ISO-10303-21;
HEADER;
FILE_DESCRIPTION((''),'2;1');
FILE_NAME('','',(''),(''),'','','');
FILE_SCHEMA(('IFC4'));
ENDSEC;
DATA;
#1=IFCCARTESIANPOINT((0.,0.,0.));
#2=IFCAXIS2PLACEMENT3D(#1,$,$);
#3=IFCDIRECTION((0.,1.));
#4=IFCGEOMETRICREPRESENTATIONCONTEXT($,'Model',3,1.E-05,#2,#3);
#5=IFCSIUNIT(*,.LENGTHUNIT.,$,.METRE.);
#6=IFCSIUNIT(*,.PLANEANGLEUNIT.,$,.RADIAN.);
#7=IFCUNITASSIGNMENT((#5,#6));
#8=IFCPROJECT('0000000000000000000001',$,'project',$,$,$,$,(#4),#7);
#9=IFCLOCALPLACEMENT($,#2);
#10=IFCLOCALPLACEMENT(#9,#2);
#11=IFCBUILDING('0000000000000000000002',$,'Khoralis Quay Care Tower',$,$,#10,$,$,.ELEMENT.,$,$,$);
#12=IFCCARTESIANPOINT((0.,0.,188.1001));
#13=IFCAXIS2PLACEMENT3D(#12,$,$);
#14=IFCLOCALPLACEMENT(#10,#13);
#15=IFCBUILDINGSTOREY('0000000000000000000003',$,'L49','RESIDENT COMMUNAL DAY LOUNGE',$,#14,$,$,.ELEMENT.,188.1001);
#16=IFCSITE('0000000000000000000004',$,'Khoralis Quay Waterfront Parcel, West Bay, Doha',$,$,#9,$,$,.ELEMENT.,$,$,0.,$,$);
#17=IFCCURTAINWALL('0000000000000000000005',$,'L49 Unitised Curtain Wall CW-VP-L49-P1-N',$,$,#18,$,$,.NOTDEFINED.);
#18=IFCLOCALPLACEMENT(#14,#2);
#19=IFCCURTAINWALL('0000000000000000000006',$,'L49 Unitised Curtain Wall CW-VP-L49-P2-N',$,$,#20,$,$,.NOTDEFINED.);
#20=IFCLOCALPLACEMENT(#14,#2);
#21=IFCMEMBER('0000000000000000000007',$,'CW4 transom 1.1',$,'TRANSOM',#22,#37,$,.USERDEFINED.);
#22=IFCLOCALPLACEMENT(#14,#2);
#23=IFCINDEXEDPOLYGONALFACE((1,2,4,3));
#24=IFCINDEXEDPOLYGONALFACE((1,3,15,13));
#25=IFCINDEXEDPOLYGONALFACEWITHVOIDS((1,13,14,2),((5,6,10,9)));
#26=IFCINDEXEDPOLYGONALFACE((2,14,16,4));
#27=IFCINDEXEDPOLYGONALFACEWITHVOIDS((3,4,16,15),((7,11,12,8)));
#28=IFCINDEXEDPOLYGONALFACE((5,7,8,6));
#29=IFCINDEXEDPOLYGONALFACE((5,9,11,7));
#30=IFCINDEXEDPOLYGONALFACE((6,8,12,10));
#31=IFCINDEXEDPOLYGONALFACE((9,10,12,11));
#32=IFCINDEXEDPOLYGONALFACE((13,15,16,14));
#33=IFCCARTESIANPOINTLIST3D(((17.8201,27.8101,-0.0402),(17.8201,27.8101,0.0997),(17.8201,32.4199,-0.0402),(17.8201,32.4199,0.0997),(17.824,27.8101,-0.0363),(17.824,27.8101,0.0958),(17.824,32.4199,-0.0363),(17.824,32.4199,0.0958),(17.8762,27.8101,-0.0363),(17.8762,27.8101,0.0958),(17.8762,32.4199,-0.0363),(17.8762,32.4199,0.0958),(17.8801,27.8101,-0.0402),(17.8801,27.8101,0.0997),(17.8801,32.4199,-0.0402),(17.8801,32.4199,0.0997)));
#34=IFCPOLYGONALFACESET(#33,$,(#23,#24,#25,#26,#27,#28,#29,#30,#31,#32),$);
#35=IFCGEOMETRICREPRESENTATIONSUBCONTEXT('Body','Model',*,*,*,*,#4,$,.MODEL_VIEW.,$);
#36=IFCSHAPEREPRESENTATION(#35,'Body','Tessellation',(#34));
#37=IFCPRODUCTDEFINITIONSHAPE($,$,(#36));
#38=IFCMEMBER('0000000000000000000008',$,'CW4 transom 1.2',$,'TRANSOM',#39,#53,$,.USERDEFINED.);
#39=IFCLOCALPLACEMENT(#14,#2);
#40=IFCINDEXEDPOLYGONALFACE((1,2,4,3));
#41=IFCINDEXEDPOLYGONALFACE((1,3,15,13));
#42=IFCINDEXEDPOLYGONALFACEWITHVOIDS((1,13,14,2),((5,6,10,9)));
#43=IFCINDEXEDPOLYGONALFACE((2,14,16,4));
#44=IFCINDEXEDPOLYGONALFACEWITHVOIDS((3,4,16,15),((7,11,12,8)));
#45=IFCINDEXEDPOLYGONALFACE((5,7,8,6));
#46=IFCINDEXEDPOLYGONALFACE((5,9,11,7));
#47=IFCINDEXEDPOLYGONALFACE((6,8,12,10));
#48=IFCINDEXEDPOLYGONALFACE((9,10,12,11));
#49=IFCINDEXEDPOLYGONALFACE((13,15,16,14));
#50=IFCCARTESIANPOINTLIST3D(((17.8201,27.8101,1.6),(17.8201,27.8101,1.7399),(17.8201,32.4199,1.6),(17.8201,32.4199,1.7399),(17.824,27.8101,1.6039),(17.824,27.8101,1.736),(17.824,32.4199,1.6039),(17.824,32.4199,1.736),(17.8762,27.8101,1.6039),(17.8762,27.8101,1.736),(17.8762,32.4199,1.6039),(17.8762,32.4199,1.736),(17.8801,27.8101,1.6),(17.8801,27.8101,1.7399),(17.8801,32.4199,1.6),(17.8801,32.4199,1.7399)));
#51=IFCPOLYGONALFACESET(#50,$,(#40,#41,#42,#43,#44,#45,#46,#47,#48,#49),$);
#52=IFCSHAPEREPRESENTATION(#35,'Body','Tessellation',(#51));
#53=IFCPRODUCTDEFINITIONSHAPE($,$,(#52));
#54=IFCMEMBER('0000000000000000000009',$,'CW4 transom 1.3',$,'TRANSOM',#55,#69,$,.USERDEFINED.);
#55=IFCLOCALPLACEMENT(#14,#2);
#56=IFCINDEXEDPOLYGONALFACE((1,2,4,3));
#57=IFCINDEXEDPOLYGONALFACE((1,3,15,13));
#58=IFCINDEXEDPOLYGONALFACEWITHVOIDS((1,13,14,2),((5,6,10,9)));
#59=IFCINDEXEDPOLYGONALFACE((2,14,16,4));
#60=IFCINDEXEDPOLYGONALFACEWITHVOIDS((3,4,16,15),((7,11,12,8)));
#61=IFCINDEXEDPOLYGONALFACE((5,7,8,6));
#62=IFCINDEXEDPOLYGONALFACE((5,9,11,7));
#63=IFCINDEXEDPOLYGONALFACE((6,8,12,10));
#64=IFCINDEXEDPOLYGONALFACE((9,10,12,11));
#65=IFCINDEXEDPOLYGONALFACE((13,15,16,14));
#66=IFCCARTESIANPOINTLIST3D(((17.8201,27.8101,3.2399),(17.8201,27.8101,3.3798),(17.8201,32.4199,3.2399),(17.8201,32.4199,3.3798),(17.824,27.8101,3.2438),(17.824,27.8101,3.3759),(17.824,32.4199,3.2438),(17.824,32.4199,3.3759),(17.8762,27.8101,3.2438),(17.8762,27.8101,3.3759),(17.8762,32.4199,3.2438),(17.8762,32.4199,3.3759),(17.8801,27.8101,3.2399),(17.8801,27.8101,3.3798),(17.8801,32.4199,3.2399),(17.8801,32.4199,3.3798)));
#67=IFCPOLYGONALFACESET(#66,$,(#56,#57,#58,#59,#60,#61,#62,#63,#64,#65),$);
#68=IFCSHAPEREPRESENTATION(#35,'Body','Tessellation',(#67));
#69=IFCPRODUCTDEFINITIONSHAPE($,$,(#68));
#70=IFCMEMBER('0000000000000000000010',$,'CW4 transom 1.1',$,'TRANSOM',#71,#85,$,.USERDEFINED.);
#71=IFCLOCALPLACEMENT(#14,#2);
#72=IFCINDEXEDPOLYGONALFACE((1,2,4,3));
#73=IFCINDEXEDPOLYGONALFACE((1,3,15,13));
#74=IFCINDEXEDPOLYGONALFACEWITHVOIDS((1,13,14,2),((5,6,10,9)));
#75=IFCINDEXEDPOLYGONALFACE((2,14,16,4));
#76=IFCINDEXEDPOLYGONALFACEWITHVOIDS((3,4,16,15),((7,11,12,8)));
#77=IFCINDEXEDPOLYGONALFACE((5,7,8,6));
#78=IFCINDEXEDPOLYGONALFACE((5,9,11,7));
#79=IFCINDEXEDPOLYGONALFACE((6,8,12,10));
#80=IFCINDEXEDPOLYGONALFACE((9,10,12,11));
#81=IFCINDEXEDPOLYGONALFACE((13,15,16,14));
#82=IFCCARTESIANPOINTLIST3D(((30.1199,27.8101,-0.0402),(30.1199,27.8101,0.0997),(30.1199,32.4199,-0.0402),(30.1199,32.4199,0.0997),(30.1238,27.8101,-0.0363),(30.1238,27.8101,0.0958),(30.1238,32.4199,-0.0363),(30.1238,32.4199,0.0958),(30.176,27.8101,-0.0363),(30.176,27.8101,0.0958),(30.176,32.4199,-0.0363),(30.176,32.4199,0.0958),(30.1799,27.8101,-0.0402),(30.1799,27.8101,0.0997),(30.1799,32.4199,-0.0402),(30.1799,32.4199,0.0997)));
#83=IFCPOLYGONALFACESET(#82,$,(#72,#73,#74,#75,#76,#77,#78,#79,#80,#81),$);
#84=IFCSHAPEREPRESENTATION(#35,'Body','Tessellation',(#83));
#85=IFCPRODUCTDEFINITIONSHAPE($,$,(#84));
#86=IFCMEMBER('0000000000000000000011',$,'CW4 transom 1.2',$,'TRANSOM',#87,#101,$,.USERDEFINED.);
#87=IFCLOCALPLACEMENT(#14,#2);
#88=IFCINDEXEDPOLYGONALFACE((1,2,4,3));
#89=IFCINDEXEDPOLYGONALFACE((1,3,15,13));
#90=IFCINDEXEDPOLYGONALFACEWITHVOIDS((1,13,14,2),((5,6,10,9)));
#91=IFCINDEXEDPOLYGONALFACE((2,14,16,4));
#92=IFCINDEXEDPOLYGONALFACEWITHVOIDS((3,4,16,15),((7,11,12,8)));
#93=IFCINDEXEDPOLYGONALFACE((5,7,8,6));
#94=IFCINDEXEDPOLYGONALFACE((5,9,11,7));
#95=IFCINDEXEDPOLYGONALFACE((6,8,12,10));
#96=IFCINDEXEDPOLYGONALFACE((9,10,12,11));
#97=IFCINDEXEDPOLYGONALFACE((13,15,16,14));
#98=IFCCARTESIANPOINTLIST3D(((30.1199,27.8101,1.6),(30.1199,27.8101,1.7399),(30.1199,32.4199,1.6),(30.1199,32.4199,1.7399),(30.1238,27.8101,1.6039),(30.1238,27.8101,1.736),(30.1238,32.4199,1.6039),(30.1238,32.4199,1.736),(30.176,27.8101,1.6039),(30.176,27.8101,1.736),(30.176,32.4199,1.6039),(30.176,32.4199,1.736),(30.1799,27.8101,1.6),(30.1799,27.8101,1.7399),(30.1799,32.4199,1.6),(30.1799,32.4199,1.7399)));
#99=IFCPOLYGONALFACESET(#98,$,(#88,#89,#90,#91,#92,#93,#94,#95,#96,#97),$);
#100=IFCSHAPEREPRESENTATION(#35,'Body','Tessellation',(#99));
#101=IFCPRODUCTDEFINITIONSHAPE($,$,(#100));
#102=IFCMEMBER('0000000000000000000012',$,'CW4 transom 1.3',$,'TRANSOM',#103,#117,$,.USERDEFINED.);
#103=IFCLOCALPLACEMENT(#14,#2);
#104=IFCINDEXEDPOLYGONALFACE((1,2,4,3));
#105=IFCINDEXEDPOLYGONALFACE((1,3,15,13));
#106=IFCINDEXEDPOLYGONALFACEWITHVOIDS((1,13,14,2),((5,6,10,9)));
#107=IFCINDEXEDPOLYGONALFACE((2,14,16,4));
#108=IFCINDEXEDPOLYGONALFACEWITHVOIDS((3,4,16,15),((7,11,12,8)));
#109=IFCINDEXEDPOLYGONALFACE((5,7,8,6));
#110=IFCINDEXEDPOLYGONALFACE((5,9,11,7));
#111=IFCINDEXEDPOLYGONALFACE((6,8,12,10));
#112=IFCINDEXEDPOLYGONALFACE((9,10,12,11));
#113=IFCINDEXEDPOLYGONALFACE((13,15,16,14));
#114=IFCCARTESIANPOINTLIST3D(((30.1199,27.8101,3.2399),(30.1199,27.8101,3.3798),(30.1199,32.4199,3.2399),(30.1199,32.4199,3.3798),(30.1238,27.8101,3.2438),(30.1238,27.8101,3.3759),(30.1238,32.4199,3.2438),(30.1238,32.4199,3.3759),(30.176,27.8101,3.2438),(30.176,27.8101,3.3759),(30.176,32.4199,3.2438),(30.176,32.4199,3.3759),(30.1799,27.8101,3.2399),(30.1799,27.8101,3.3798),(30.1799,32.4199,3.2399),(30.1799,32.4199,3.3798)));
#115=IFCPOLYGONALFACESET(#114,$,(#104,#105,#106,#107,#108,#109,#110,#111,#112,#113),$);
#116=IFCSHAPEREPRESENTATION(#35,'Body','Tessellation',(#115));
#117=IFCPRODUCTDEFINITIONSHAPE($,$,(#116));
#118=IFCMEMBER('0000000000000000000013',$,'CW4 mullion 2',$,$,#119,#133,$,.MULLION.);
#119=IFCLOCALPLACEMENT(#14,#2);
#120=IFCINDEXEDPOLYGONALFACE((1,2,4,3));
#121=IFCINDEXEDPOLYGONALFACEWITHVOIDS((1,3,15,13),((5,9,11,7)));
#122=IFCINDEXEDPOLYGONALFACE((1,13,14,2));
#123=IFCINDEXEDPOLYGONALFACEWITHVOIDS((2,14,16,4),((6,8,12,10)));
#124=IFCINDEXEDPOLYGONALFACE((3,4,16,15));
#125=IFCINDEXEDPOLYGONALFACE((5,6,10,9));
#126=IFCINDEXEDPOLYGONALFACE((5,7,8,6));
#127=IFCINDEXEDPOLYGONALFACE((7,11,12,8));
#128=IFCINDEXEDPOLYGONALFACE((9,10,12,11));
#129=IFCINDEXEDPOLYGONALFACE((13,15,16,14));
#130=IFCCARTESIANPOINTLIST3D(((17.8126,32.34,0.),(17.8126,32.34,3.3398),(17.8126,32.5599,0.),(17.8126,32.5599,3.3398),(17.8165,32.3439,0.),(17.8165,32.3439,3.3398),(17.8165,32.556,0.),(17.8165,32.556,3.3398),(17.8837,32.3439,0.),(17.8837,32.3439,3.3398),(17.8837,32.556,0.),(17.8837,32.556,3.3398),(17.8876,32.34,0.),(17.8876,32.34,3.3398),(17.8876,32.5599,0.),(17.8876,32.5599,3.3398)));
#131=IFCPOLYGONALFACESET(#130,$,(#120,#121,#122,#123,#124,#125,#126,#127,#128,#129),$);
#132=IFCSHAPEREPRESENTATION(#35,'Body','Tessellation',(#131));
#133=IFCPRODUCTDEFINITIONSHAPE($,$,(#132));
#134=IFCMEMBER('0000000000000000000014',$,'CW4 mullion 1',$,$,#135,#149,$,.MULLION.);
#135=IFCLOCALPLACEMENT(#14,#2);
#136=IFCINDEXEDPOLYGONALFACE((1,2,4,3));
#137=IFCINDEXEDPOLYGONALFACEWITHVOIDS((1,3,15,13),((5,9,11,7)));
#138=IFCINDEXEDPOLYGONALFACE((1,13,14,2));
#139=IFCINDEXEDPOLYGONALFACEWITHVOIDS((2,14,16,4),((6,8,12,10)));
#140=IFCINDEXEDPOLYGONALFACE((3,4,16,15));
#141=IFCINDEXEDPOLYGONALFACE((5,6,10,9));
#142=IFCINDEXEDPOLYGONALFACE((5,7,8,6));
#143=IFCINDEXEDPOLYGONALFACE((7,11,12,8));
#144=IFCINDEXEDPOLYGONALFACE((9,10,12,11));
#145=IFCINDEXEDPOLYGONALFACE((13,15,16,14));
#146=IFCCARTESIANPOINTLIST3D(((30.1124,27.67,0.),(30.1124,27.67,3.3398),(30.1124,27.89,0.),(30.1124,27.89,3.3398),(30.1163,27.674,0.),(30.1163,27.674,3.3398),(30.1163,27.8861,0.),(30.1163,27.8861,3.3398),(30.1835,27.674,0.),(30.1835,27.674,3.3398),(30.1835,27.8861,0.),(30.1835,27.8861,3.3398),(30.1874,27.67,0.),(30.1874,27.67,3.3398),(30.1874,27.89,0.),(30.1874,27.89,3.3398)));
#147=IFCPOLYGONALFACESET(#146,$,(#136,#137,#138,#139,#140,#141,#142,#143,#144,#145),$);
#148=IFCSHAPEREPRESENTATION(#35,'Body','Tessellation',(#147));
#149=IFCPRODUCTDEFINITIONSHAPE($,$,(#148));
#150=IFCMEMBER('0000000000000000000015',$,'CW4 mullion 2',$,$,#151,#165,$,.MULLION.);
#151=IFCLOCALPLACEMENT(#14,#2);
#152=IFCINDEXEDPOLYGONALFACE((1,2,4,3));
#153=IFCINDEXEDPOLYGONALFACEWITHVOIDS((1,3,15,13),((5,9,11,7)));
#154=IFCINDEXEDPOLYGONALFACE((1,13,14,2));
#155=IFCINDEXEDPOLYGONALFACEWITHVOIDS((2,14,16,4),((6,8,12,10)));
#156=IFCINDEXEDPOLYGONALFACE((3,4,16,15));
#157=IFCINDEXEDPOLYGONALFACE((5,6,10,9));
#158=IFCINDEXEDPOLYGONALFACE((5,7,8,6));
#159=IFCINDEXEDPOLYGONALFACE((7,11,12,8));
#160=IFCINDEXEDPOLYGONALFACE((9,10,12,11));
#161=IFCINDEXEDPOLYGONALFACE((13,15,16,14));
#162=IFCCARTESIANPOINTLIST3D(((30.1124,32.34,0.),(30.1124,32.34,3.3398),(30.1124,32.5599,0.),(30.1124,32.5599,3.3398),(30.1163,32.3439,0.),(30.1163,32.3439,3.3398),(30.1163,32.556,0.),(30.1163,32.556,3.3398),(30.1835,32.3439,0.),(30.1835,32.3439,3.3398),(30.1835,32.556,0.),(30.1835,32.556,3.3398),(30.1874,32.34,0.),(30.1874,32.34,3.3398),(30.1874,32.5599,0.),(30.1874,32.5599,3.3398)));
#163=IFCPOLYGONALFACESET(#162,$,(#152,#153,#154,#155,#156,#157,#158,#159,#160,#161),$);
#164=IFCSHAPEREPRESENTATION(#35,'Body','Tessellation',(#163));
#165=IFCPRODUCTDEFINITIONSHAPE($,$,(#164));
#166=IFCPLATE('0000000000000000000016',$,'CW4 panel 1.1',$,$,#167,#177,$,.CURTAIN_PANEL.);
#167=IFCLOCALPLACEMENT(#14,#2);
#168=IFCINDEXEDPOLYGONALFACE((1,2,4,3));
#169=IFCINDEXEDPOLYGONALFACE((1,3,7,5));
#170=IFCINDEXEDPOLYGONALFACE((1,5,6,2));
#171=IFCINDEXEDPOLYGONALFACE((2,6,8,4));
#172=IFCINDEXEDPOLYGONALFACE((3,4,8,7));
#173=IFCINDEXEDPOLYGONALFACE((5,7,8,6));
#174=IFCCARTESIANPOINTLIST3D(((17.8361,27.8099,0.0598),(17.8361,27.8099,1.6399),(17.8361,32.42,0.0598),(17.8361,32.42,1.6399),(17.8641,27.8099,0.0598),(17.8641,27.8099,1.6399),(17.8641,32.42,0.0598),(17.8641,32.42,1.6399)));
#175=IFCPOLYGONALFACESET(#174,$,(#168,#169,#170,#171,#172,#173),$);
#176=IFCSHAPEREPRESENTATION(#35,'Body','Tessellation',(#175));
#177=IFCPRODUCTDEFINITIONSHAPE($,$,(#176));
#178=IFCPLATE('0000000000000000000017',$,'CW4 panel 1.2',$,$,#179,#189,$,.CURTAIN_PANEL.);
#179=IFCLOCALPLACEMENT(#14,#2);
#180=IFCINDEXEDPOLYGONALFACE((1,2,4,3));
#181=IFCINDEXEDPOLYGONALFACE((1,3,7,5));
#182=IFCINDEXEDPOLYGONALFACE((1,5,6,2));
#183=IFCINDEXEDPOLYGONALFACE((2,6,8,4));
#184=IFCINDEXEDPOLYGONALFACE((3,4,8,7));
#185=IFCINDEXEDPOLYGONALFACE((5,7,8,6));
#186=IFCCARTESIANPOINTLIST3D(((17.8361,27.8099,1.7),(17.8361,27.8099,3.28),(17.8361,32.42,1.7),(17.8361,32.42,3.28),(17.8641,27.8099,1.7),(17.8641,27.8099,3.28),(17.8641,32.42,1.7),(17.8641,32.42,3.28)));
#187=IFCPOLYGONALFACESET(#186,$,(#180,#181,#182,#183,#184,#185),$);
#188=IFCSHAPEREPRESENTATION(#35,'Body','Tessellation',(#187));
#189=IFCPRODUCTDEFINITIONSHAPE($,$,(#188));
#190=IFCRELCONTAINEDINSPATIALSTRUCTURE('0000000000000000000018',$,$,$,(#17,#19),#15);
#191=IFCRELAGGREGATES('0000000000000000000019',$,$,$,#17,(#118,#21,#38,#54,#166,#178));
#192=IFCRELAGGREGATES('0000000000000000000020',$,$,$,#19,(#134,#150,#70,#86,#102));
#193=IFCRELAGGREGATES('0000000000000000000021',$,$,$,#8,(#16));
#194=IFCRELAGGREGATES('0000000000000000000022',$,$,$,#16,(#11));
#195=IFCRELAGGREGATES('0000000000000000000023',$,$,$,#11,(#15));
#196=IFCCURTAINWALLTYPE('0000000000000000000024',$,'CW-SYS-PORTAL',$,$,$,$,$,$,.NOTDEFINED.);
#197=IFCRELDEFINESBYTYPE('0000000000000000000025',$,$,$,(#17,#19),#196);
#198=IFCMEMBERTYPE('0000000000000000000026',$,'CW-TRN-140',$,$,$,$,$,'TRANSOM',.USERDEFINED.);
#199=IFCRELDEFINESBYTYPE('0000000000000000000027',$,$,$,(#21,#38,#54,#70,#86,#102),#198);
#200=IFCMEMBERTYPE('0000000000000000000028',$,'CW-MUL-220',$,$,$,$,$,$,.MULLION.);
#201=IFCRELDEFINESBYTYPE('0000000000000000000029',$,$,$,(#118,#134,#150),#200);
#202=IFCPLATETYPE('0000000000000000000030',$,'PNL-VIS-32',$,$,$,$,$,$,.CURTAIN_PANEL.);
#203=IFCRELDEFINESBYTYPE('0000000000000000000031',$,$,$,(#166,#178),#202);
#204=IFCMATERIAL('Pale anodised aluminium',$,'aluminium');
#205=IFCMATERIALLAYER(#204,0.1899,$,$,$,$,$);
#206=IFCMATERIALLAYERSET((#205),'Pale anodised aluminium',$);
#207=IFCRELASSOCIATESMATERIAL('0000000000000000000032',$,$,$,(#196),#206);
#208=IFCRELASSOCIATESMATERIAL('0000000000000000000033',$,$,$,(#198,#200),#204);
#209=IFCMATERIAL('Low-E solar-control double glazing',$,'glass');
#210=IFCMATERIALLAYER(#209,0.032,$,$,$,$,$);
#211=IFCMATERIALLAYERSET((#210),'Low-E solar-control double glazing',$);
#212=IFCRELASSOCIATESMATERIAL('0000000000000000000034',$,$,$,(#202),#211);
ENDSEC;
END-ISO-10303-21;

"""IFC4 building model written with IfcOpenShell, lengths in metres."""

from ifc_helpers import new_model, si_unit, direction, frame, origin, origin_2d, place, context, subcontext, project, spatial, rectangle, hollow_rectangle, extrude, source, transform, mapped, material, layer, layer_set, material_profile, profile_set, type_object, element, aggregate, save


model = new_model("IFC4")

# Units and contexts
model_context = context("Model", 3, precision=1e-05, world=origin(), true_north=direction((0.0, 1.0)))
body_context = subcontext(model_context, "Body", "Model", "MODEL_VIEW")
ifc_project = project(units=[si_unit("LENGTHUNIT", "METRE"), si_unit("PLANEANGLEUNIT", "RADIAN")], contexts=[model_context])

# Site, building, storey
site_placement = place(None, origin())
site = spatial("IfcSite", under=ifc_project, at=site_placement, Name="Khoralis Quay Waterfront Parcel, West Bay, Doha", CompositionType="ELEMENT", RefElevation=0.0)
building_placement = place(site_placement, origin())
building = spatial("IfcBuilding", under=site, at=building_placement, Name="Khoralis Quay Care Tower", CompositionType="ELEMENT")
storey_placement = place(building_placement, frame((0.0, 0.0, 188.1001)))
storey = spatial("IfcBuildingStorey", under=building, at=storey_placement, Name="L49", Description="RESIDENT COMMUNAL DAY LOUNGE", CompositionType="ELEMENT", Elevation=188.1001)

# Curtain wall
ifc_material_1 = material(Name="Pale anodised aluminium", Category="aluminium")
ifc_layer_1 = layer(ifc_material_1, 0.1899)
ifc_layer_set_1 = layer_set([ifc_layer_1], Name="Pale anodised aluminium")
curtain_wall_type = type_object("IfcCurtainWallType", Name="CW-SYS-PORTAL", PredefinedType="NOTDEFINED", material=ifc_layer_set_1)
curtain_wall_1_placement = place(storey_placement, origin())
curtain_wall_1 = element("IfcCurtainWall", 1, at=curtain_wall_1_placement, inside=storey, type_object=curtain_wall_type, Name="L49 Unitised Curtain Wall CW-VP-L49-P1-N", PredefinedType="NOTDEFINED")
ifc_material_profile_1 = material_profile(ifc_material_1, hollow_rectangle(XDim=0.0601, YDim=0.1399, WallThickness=0.0039, at=origin_2d()), Name="Pale anodised aluminium")
ifc_profile_set_1 = profile_set([ifc_material_profile_1], Name="Pale anodised aluminium")
member_type_1 = type_object("IfcMemberType", Name="CW-TRN-140", ElementType="TRANSOM", PredefinedType="USERDEFINED", material=ifc_profile_set_1)

# Curtain wall
curtain_wall_2_placement = place(storey_placement, origin())
curtain_wall_2 = element("IfcCurtainWall", 2, at=curtain_wall_2_placement, inside=storey, type_object=curtain_wall_type, Name="L49 Unitised Curtain Wall CW-VP-L49-P2-N", PredefinedType="NOTDEFINED")

# Members
shared_shape_1 = source(origin(), body_context, "Body", "SweptSolid", [
    extrude(hollow_rectangle(XDim=0.0601, YDim=0.1399, WallThickness=0.0039, at=origin_2d()), origin(), (0.0, 0.0, 1.0), 4.6099),
])
member_1_placement = place(storey_placement, frame((17.8501, 27.8101, 0.0298), z_axis=(0.0, 1.0, 0.0), x_axis=(-1.0, 0.0, 0.0)))
member_1 = element("IfcMember", 3, at=member_1_placement, type_object=member_type_1, Name="CW4 transom 1.1", ObjectType="TRANSOM", PredefinedType="USERDEFINED", context=body_context, shape_type="MappedRepresentation", body=[
    mapped(shared_shape_1, transform((0.0, 0.0, 0.0), scale=1.0)),
])
member_2_placement = place(storey_placement, frame((17.8501, 27.8101, 1.6699), z_axis=(0.0, 1.0, 0.0), x_axis=(-1.0, 0.0, 0.0)))
member_2 = element("IfcMember", 4, at=member_2_placement, type_object=member_type_1, Name="CW4 transom 1.2", ObjectType="TRANSOM", PredefinedType="USERDEFINED", context=body_context, shape_type="MappedRepresentation", body=[
    mapped(shared_shape_1, transform((0.0, 0.0, 0.0), scale=1.0)),
])
member_3_placement = place(storey_placement, frame((17.8501, 27.8101, 3.3098), z_axis=(0.0, 1.0, 0.0), x_axis=(-1.0, 0.0, 0.0)))
member_3 = element("IfcMember", 5, at=member_3_placement, type_object=member_type_1, Name="CW4 transom 1.3", ObjectType="TRANSOM", PredefinedType="USERDEFINED", context=body_context, shape_type="MappedRepresentation", body=[
    mapped(shared_shape_1, transform((0.0, 0.0, 0.0), scale=1.0)),
])
member_4_placement = place(storey_placement, frame((30.1499, 27.8101, 0.0298), z_axis=(0.0, 1.0, 0.0), x_axis=(-1.0, 0.0, 0.0)))
member_4 = element("IfcMember", 6, at=member_4_placement, type_object=member_type_1, Name="CW4 transom 1.1", ObjectType="TRANSOM", PredefinedType="USERDEFINED", context=body_context, shape_type="MappedRepresentation", body=[
    mapped(shared_shape_1, transform((0.0, 0.0, 0.0), scale=1.0)),
])
member_5_placement = place(storey_placement, frame((30.1499, 27.8101, 1.6699), z_axis=(0.0, 1.0, 0.0), x_axis=(-1.0, 0.0, 0.0)))
member_5 = element("IfcMember", 7, at=member_5_placement, type_object=member_type_1, Name="CW4 transom 1.2", ObjectType="TRANSOM", PredefinedType="USERDEFINED", context=body_context, shape_type="MappedRepresentation", body=[
    mapped(shared_shape_1, transform((0.0, 0.0, 0.0), scale=1.0)),
])
member_6_placement = place(storey_placement, frame((30.1499, 27.8101, 3.3098), z_axis=(0.0, 1.0, 0.0), x_axis=(-1.0, 0.0, 0.0)))
member_6 = element("IfcMember", 8, at=member_6_placement, type_object=member_type_1, Name="CW4 transom 1.3", ObjectType="TRANSOM", PredefinedType="USERDEFINED", context=body_context, shape_type="MappedRepresentation", body=[
    mapped(shared_shape_1, transform((0.0, 0.0, 0.0), scale=1.0)),
])
ifc_material_profile_2 = material_profile(ifc_material_1, hollow_rectangle(XDim=0.075, YDim=0.22, WallThickness=0.0039, at=origin_2d()), Name="Pale anodised aluminium")
ifc_profile_set_2 = profile_set([ifc_material_profile_2], Name="Pale anodised aluminium")
member_type_2 = type_object("IfcMemberType", Name="CW-MUL-220", PredefinedType="MULLION", material=ifc_profile_set_2)
shared_shape_2 = source(origin(), body_context, "Body", "SweptSolid", [
    extrude(hollow_rectangle(XDim=0.075, YDim=0.22, WallThickness=0.0039, at=origin_2d()), origin(), (0.0, 0.0, 1.0), 3.3398),
])
member_7_placement = place(storey_placement, frame((17.8501, 32.45, 0.0), z_axis=(0.0, 0.0, 1.0), x_axis=(-1.0, 0.0, 0.0)))
member_7 = element("IfcMember", 9, at=member_7_placement, type_object=member_type_2, Name="CW4 mullion 2", PredefinedType="MULLION", context=body_context, shape_type="MappedRepresentation", body=[
    mapped(shared_shape_2, transform((0.0, 0.0, 0.0), scale=1.0)),
])
member_8_placement = place(storey_placement, frame((30.1499, 27.78, 0.0), z_axis=(0.0, 0.0, 1.0), x_axis=(-1.0, 0.0, 0.0)))
member_8 = element("IfcMember", 10, at=member_8_placement, type_object=member_type_2, Name="CW4 mullion 1", PredefinedType="MULLION", context=body_context, shape_type="MappedRepresentation", body=[
    mapped(shared_shape_2, transform((0.0, 0.0, 0.0), scale=1.0)),
])
member_9_placement = place(storey_placement, frame((30.1499, 32.45, 0.0), z_axis=(0.0, 0.0, 1.0), x_axis=(-1.0, 0.0, 0.0)))
member_9 = element("IfcMember", 11, at=member_9_placement, type_object=member_type_2, Name="CW4 mullion 2", PredefinedType="MULLION", context=body_context, shape_type="MappedRepresentation", body=[
    mapped(shared_shape_2, transform((0.0, 0.0, 0.0), scale=1.0)),
])

# Plates
ifc_material_2 = material(Name="Low-E solar-control double glazing", Category="glass")
ifc_layer_2 = layer(ifc_material_2, 0.032)
ifc_layer_set_2 = layer_set([ifc_layer_2], Name="Low-E solar-control double glazing")
plate_type = type_object("IfcPlateType", Name="PNL-VIS-32", PredefinedType="CURTAIN_PANEL", material=ifc_layer_set_2)
shared_shape_3 = source(origin(), body_context, "Body", "SweptSolid", [
    extrude(rectangle(XDim=4.6101, YDim=0.0281, at=origin_2d()), origin(), (0.0, 0.0, 1.0), 1.5801),
])
plate_1_placement = place(storey_placement, frame((17.8501, 30.115, 0.0598), z_axis=(0.0, 0.0, 1.0), x_axis=(0.0, 1.0, 0.0)))
plate_1 = element("IfcPlate", 12, at=plate_1_placement, type_object=plate_type, Name="CW4 panel 1.1", PredefinedType="CURTAIN_PANEL", context=body_context, shape_type="MappedRepresentation", body=[
    mapped(shared_shape_3, transform((0.0, 0.0, 0.0), scale=1.0)),
])
plate_2_placement = place(storey_placement, frame((17.8501, 30.115, 1.7), z_axis=(0.0, 0.0, 1.0), x_axis=(0.0, 1.0, 0.0)))
plate_2 = element("IfcPlate", 13, at=plate_2_placement, type_object=plate_type, Name="CW4 panel 1.2", PredefinedType="CURTAIN_PANEL", context=body_context, shape_type="MappedRepresentation", body=[
    mapped(shared_shape_3, transform((0.0, 0.0, 0.0), scale=1.0)),
])
aggregate(curtain_wall_1, [member_7, member_1, member_2, member_3, plate_1, plate_2])
aggregate(curtain_wall_2, [member_8, member_9, member_4, member_5, member_6])

save(model, "model.ifc")
